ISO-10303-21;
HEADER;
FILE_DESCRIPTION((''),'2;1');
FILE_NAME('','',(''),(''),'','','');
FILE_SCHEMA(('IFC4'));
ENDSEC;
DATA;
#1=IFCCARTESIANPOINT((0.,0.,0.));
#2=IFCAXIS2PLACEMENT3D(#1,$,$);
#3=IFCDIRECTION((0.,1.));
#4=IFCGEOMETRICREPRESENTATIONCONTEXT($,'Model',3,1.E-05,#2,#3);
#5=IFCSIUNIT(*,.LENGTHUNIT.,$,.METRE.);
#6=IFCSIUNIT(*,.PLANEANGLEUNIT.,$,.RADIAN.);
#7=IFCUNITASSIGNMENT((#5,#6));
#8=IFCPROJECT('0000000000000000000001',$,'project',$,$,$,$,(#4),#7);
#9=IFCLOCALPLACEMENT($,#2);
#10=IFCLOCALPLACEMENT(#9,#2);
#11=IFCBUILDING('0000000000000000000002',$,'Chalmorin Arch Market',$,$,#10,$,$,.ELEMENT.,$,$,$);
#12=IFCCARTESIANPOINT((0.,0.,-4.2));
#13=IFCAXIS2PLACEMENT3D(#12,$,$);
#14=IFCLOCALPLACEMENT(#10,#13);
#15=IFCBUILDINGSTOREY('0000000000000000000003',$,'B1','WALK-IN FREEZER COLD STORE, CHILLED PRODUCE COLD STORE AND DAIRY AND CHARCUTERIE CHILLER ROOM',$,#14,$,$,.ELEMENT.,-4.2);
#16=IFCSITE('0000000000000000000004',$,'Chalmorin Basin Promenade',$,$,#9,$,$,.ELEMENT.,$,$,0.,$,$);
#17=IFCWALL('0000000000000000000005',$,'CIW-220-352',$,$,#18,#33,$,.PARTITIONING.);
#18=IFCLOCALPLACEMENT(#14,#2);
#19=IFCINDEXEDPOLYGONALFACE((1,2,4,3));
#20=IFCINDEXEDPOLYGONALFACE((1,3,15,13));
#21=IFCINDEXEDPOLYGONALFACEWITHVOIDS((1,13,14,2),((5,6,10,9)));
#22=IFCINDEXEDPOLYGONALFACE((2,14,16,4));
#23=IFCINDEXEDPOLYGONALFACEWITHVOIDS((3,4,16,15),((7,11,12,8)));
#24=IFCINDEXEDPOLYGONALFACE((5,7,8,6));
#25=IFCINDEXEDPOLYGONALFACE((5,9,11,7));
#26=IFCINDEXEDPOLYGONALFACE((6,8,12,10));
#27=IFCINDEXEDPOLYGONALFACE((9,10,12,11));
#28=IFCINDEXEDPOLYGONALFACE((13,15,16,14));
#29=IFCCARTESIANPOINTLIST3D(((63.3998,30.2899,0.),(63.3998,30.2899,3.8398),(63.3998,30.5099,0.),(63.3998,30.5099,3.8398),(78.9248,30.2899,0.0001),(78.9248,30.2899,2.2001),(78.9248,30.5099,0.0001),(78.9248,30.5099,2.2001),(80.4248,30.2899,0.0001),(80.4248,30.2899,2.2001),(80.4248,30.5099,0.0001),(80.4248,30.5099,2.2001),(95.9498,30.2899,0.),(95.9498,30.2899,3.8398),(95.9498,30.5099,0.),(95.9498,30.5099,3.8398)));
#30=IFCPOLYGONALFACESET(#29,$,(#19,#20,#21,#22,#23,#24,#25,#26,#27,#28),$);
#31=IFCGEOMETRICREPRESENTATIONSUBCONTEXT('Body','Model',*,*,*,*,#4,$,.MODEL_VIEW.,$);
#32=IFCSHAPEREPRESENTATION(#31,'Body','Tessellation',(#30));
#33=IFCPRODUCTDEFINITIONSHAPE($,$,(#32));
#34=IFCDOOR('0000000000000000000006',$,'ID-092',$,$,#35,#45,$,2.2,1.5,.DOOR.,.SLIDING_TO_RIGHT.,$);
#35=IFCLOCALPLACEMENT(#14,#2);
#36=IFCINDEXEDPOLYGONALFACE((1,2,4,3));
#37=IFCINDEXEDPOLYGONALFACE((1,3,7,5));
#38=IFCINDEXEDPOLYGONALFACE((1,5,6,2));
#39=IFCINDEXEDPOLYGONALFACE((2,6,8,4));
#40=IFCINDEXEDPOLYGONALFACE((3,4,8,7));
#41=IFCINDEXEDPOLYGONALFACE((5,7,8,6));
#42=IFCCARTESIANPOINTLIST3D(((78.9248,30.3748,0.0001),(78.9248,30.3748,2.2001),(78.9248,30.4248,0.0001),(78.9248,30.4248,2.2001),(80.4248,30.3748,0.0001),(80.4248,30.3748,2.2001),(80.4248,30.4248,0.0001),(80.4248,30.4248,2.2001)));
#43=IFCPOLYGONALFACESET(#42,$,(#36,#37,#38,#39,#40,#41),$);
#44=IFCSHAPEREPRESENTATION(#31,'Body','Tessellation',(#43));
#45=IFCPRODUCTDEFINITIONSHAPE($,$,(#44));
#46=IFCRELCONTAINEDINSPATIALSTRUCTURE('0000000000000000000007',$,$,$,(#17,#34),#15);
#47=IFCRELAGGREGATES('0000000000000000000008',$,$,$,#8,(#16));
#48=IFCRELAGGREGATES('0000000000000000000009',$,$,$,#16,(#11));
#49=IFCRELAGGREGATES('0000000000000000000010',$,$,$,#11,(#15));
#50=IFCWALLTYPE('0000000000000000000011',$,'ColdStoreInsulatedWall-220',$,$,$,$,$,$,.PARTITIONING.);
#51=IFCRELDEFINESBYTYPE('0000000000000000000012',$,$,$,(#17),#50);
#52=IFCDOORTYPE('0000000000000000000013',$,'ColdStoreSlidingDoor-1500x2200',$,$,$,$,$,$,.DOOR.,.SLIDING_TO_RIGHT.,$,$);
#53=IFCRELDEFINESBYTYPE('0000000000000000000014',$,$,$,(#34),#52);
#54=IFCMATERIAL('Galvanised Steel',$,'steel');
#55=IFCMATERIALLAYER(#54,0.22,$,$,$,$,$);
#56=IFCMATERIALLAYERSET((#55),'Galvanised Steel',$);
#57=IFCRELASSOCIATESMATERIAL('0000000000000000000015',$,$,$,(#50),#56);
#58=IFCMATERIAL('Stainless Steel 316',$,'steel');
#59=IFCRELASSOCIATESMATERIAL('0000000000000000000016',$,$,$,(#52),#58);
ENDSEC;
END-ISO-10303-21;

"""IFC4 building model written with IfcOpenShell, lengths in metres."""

from ifc_helpers import new_model, si_unit, direction, frame, frame_2d, origin, place, context, subcontext, project, spatial, rectangle, extrude, material, layer, layer_set, type_object, element, fill, save


model = new_model("IFC4")

# Units and contexts
model_context = context("Model", 3, precision=1e-05, world=origin(), true_north=direction((0.0, 1.0)))
body_context = subcontext(model_context, "Body", "Model", "MODEL_VIEW")
ifc_project = project(units=[si_unit("LENGTHUNIT", "METRE"), si_unit("PLANEANGLEUNIT", "RADIAN")], contexts=[model_context])

# Site, building, storey
site_placement = place(None, origin())
site = spatial("IfcSite", under=ifc_project, at=site_placement, Name="Chalmorin Basin Promenade", CompositionType="ELEMENT", RefElevation=0.0)
building_placement = place(site_placement, origin())
building = spatial("IfcBuilding", under=site, at=building_placement, Name="Chalmorin Arch Market", CompositionType="ELEMENT")
storey_placement = place(building_placement, frame((0.0, 0.0, -4.2)))
storey = spatial("IfcBuildingStorey", under=building, at=storey_placement, Name="B1", Description="WALK-IN FREEZER COLD STORE, CHILLED PRODUCE COLD STORE AND DAIRY AND CHARCUTERIE CHILLER ROOM", CompositionType="ELEMENT", Elevation=-4.2)

# Wall, opening, door
ifc_material_1 = material(Name="Galvanised Steel", Category="steel")
ifc_layer_1 = layer(ifc_material_1, 0.22)
ifc_layer_set_1 = layer_set([ifc_layer_1], Name="Galvanised Steel")
wall_type_1 = type_object("IfcWallType", Name="ColdStoreInsulatedWall-220", PredefinedType="PARTITIONING", material=ifc_layer_set_1)
wall_1_placement = place(storey_placement, frame((63.3999, 30.3999, 0.0), z_axis=(0.0, 0.0, 1.0), x_axis=(1.0, 0.0, 0.0)))
wall_1 = element("IfcWall", 1, at=wall_1_placement, inside=storey, type_object=wall_type_1, Name="CIW-220-352", PredefinedType="PARTITIONING", context=body_context, shape_type="SweptSolid", body=[
    extrude(rectangle(XDim=32.55, YDim=0.22, at=frame_2d((16.2749, 0.0))), origin(), (0.0, 0.0, 1.0), 3.8398),
])
opening_1_placement = place(wall_1_placement, frame((15.5249, 0.0, 0.0)))
opening_1 = element("IfcOpeningElement", 2, at=opening_1_placement, cuts=wall_1, PredefinedType="OPENING", context=body_context, shape_type="SweptSolid", body=[
    extrude(rectangle(XDim=1.5, YDim=2.2, at=frame_2d((0.75, 1.1001))), frame((0.0, 0.1199, 0.0), z_axis=(0.0, -1.0, 0.0), x_axis=(1.0, 0.0, 0.0)), (0.0, 0.0, 1.0), 0.24),
])
ifc_material_2 = material(Name="Stainless Steel 316", Category="steel")
door_type_1 = type_object("IfcDoorType", Name="ColdStoreSlidingDoor-1500x2200", OperationType="SLIDING_TO_RIGHT", PredefinedType="DOOR", material=ifc_material_2)
door_1_placement = place(opening_1_placement, origin())
door_1 = element("IfcDoor", 3, at=door_1_placement, inside=storey, type_object=door_type_1, Name="ID-092", OperationType="SLIDING_TO_RIGHT", OverallHeight=2.2, OverallWidth=1.5, PredefinedType="DOOR", context=body_context, shape_type="SweptSolid", body=[
    extrude(rectangle(XDim=1.5, YDim=2.2, at=frame_2d((0.75, 1.1001))), frame((0.0, 0.0249, 0.0), z_axis=(0.0, -1.0, 0.0), x_axis=(1.0, 0.0, 0.0)), (0.0, 0.0, 1.0), 0.05),
])
fill(opening_1, door_1)

save(model, "model.ifc")
